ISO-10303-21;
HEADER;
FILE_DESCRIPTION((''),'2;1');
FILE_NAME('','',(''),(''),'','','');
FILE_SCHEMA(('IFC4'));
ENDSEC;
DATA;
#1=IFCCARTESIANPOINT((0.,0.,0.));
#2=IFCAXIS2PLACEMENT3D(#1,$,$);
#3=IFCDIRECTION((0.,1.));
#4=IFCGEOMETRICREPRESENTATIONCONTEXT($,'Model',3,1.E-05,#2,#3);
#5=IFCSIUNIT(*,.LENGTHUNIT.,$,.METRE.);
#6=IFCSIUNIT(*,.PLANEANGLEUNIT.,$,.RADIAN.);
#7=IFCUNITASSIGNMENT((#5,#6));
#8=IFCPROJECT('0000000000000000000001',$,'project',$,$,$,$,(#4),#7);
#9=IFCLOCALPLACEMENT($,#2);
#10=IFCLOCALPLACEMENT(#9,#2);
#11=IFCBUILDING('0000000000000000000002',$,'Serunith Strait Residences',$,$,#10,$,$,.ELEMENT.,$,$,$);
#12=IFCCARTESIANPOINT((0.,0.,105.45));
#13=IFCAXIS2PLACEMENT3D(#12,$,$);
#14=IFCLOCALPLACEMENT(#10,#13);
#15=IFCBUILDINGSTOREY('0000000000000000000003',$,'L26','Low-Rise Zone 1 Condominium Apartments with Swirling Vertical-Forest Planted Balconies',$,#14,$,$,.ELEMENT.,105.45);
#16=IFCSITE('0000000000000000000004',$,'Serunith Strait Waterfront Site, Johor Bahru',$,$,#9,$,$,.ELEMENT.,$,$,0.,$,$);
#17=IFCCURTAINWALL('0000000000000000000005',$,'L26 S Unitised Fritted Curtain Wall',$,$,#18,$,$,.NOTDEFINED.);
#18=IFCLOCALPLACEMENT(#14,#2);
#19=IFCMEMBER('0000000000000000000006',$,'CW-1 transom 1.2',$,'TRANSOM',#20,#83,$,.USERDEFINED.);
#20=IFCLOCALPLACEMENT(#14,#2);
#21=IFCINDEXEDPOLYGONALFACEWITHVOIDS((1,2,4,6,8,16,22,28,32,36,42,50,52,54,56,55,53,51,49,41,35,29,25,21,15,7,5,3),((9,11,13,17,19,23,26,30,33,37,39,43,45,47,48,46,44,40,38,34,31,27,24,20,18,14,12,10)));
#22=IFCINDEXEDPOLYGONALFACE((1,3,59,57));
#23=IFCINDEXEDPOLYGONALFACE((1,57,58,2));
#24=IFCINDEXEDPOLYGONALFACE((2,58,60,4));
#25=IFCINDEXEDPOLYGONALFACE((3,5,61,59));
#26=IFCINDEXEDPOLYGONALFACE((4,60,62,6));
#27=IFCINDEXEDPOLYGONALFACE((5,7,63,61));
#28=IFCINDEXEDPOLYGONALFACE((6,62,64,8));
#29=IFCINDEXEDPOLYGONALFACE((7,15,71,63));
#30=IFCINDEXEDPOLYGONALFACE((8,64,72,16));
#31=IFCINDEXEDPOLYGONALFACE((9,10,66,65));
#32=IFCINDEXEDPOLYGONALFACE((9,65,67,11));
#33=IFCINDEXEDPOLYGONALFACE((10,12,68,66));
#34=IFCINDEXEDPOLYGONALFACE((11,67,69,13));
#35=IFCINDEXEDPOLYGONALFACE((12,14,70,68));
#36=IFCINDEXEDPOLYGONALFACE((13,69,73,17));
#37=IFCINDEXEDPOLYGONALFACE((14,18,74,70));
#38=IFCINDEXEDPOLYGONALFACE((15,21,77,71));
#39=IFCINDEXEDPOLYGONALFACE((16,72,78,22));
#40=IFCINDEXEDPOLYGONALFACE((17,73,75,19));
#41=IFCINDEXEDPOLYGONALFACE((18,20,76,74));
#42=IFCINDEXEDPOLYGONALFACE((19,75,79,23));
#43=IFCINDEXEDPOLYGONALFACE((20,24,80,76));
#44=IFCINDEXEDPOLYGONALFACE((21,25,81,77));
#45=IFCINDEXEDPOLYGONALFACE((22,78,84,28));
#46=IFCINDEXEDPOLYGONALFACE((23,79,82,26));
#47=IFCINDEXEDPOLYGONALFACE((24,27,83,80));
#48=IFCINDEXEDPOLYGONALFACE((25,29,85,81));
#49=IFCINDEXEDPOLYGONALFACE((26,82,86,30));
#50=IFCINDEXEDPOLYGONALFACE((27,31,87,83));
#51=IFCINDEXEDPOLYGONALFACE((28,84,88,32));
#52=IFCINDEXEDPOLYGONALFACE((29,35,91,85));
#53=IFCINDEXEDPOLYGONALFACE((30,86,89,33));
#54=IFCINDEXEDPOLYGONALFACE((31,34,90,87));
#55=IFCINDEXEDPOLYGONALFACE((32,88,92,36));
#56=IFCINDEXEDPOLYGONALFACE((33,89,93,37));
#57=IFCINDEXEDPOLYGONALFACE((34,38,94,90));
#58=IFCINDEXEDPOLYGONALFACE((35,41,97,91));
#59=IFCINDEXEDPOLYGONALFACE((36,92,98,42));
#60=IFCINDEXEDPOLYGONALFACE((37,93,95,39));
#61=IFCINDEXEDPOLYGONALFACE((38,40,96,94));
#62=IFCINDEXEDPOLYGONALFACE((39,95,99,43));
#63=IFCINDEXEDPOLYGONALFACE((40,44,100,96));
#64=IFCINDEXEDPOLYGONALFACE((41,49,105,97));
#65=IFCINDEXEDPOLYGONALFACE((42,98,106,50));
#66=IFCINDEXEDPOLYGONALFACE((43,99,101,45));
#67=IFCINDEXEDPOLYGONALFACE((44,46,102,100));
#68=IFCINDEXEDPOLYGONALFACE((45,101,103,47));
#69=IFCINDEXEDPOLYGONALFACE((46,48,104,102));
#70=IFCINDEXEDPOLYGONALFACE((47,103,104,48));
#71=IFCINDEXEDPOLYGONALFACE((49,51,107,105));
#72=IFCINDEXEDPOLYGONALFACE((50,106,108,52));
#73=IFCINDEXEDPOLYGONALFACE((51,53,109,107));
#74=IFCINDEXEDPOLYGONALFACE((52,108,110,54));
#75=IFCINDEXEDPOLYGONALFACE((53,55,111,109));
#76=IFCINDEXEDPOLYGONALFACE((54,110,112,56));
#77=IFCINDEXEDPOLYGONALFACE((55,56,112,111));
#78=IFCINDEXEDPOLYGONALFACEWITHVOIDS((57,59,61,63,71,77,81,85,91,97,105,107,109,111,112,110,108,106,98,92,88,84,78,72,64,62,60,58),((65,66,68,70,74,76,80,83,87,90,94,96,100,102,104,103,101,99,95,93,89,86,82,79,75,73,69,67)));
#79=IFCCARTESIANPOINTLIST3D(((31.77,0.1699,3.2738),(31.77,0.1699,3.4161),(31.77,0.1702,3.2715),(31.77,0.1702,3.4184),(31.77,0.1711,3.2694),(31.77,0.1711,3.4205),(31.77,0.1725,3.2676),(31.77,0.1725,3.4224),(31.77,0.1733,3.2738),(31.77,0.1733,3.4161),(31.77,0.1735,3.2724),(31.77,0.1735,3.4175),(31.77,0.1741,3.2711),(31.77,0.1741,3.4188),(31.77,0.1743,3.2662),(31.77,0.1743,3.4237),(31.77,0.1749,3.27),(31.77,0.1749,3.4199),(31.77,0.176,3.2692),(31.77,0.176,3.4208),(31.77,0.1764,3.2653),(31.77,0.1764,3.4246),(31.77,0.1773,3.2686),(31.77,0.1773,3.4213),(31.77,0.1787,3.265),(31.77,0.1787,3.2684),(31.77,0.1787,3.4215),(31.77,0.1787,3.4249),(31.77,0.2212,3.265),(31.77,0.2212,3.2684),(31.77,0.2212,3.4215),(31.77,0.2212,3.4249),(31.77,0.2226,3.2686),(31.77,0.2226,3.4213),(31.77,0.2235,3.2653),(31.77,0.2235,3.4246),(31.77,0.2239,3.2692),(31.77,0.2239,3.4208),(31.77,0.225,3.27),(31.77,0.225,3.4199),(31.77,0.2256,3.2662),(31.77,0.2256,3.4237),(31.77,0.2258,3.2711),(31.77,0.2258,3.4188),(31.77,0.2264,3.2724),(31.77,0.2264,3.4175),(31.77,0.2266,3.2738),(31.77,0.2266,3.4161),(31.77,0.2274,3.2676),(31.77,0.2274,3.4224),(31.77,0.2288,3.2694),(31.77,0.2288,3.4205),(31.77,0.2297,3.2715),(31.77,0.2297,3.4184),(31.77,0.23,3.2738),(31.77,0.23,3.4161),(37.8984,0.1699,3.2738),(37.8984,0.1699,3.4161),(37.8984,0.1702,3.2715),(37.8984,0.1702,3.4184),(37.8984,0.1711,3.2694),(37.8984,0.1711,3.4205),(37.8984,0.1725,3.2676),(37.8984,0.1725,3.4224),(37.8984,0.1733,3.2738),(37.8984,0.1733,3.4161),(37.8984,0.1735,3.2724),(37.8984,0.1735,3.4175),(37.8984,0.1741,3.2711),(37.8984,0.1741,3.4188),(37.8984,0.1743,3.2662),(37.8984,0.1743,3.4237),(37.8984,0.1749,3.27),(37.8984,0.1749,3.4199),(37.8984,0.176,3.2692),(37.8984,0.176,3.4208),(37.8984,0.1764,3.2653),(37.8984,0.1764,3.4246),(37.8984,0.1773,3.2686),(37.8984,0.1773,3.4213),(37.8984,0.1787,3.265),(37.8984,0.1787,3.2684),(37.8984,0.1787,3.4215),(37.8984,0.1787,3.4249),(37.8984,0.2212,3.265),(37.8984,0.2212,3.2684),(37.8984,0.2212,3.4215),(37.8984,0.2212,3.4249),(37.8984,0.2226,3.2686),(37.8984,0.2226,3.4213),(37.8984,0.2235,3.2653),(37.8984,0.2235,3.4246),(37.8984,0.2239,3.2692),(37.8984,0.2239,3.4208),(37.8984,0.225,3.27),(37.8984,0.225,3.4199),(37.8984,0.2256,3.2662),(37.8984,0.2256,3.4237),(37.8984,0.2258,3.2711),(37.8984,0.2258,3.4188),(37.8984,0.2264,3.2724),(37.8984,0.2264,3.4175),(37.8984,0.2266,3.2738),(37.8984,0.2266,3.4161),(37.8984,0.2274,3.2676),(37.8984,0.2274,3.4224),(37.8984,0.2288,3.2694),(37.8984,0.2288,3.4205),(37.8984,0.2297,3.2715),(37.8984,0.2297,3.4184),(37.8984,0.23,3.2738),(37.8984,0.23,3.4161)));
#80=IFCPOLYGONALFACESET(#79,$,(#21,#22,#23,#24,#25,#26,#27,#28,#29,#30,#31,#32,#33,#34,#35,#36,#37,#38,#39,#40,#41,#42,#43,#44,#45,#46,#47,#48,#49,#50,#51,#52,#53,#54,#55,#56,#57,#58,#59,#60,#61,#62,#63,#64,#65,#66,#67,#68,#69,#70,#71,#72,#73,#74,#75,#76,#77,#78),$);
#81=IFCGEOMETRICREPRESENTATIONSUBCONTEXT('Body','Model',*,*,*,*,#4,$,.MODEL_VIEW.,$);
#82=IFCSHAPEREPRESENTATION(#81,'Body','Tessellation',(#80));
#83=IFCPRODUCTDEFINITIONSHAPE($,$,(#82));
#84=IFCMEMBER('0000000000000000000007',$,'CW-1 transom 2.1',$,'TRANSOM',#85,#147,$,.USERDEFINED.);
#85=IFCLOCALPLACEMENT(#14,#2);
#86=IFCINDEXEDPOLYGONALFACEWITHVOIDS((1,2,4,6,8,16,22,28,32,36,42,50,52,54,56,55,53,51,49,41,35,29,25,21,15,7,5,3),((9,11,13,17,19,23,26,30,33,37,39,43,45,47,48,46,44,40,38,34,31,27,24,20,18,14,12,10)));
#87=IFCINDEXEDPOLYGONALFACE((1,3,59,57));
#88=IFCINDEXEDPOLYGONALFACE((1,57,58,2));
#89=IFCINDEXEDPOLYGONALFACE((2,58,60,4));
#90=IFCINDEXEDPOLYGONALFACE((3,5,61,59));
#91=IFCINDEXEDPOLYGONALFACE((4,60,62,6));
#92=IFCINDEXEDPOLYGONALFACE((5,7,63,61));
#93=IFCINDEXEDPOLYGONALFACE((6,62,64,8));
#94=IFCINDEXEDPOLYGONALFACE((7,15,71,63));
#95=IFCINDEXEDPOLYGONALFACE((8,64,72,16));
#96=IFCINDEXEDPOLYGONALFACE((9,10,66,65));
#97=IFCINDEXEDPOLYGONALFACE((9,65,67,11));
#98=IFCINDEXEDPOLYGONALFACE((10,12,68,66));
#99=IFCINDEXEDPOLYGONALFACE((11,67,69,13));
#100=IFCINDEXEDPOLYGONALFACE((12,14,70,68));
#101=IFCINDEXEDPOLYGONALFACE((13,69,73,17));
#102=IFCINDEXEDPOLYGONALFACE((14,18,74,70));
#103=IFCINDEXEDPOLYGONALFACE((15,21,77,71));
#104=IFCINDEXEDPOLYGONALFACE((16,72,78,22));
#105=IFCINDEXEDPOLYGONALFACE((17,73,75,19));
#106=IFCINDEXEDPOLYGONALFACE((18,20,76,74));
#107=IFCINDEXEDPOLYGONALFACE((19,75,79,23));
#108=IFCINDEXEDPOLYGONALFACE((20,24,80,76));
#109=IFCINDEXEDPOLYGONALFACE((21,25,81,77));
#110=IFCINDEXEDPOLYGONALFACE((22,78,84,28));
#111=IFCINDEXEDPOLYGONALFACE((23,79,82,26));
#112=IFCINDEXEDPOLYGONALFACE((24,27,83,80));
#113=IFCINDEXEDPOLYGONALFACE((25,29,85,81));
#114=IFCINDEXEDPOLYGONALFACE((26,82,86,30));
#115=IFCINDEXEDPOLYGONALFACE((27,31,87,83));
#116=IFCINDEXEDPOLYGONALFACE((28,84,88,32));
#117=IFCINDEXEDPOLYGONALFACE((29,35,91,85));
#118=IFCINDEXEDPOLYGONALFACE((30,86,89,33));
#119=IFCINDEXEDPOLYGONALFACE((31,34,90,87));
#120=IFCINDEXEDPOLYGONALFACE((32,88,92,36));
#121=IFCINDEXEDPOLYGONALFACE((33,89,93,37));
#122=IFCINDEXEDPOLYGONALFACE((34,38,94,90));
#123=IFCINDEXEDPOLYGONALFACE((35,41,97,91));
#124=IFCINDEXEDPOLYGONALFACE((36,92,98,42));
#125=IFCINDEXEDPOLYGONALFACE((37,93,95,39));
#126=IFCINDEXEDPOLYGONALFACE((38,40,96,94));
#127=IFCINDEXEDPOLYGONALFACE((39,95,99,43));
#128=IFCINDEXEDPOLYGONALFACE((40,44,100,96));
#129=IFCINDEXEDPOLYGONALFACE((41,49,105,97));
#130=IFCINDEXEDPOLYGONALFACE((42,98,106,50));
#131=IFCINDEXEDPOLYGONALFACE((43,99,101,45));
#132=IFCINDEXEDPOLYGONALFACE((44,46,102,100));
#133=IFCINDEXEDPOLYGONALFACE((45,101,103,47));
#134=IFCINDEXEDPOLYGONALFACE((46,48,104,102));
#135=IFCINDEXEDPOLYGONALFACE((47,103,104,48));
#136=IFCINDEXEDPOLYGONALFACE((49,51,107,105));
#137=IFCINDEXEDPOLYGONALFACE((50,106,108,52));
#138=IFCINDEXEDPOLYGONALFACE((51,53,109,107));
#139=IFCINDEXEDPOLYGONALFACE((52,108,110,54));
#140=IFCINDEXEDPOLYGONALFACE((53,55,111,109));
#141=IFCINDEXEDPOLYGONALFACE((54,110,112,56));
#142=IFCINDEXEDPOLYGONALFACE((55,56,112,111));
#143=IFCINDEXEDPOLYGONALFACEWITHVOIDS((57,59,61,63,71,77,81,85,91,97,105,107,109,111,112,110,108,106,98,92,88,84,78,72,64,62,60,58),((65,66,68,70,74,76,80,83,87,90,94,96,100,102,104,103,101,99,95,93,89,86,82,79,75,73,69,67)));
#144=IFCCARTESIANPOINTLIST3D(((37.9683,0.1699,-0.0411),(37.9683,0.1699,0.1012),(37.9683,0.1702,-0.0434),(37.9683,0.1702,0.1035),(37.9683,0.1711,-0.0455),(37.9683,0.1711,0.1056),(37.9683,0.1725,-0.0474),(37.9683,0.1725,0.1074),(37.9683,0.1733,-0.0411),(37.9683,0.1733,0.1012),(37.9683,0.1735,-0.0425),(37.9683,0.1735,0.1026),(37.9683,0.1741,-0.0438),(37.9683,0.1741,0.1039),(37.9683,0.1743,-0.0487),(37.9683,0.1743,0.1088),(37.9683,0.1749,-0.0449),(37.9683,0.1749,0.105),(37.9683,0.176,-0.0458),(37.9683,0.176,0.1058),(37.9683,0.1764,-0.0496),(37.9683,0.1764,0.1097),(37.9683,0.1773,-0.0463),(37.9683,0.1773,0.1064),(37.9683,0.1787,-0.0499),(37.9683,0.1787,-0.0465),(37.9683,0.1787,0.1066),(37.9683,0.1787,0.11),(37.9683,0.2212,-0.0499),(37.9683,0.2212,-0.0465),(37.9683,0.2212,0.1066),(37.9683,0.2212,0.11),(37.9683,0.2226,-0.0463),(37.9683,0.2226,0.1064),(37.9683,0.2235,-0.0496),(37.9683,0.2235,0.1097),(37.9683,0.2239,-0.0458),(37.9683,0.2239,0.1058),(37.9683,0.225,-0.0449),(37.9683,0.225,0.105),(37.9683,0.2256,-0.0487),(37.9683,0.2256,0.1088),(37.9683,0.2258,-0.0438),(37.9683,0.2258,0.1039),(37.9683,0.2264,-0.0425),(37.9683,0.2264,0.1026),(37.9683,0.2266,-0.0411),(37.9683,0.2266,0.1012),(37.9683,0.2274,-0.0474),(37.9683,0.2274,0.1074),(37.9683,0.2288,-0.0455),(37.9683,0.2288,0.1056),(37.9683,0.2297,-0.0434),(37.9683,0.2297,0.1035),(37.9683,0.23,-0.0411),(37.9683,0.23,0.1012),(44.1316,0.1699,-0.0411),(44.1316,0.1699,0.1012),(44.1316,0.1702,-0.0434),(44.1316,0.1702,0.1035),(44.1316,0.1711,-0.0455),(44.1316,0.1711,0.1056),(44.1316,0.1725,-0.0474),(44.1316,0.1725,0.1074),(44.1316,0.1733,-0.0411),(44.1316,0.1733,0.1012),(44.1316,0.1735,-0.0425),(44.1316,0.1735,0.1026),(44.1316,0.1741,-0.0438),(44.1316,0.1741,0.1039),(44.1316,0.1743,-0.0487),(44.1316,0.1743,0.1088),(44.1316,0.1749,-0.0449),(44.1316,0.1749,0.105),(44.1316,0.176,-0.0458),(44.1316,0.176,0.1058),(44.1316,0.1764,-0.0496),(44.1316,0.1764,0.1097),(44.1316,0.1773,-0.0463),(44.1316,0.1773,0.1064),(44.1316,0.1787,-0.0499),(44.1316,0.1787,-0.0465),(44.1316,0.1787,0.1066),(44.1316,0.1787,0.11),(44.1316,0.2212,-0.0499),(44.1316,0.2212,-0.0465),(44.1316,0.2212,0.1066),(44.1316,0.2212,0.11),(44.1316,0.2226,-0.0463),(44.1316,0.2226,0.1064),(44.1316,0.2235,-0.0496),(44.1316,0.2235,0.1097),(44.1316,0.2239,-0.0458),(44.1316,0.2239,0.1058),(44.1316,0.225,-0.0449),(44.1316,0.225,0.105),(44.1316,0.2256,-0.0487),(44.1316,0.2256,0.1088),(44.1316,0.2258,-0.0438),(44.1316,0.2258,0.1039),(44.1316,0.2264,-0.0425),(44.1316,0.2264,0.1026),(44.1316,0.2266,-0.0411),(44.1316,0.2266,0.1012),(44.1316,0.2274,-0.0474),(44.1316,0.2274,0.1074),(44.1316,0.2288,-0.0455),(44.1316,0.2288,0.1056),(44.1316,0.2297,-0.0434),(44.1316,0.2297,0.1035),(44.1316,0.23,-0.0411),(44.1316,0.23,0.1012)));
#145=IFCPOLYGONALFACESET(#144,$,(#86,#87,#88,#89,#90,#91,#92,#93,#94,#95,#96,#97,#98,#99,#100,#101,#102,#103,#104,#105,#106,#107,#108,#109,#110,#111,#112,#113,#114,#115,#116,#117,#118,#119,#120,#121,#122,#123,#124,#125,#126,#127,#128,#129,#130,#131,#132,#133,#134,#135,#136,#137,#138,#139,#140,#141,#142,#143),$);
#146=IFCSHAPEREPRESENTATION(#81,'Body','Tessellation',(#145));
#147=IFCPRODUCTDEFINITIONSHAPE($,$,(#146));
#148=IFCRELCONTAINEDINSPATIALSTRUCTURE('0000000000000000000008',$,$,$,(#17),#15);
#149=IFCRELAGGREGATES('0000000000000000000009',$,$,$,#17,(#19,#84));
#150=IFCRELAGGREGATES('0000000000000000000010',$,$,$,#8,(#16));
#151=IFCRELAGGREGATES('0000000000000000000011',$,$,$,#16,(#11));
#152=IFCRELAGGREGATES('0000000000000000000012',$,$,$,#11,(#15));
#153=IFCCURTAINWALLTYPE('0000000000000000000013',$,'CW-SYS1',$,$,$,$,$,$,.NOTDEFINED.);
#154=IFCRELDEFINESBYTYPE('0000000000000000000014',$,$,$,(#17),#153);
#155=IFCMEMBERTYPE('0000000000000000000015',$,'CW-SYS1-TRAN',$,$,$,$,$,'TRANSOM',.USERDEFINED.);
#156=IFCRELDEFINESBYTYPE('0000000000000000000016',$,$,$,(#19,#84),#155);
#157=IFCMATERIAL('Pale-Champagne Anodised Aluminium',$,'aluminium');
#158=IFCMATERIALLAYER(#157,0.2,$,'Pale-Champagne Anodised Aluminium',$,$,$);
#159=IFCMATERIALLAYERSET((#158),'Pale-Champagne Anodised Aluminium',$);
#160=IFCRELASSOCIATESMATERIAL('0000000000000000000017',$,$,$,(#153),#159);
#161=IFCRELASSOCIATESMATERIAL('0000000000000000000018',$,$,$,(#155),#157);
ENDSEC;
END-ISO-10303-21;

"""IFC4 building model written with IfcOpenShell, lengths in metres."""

from ifc_helpers import new_model, si_unit, direction, frame, origin, origin_2d, place, context, subcontext, project, spatial, hollow_rectangle, extrude, source, transform, mapped, material, layer, layer_set, material_profile, profile_set, type_object, element, aggregate, save


model = new_model("IFC4")

# Units and contexts
model_context = context("Model", 3, precision=1e-05, world=origin(), true_north=direction((0.0, 1.0)))
body_context = subcontext(model_context, "Body", "Model", "MODEL_VIEW")
ifc_project = project(units=[si_unit("LENGTHUNIT", "METRE"), si_unit("PLANEANGLEUNIT", "RADIAN")], contexts=[model_context])

# Site, building, storey
site_placement = place(None, origin())
site = spatial("IfcSite", under=ifc_project, at=site_placement, Name="Serunith Strait Waterfront Site, Johor Bahru", CompositionType="ELEMENT", RefElevation=0.0)
building_placement = place(site_placement, origin())
building = spatial("IfcBuilding", under=site, at=building_placement, Name="Serunith Strait Residences", CompositionType="ELEMENT")
storey_placement = place(building_placement, frame((0.0, 0.0, 105.45)))
storey = spatial("IfcBuildingStorey", under=building, at=storey_placement, Name="L26", Description="Low-Rise Zone 1 Condominium Apartments with Swirling Vertical-Forest Planted Balconies", CompositionType="ELEMENT", Elevation=105.45)

# Curtain wall, members
ifc_material_1 = material(Name="Pale-Champagne Anodised Aluminium", Category="aluminium")
ifc_layer_1 = layer(ifc_material_1, 0.2, Name="Pale-Champagne Anodised Aluminium")
ifc_layer_set_1 = layer_set([ifc_layer_1], Name="Pale-Champagne Anodised Aluminium")
curtain_wall_type = type_object("IfcCurtainWallType", Name="CW-SYS1", PredefinedType="NOTDEFINED", material=ifc_layer_set_1)
curtain_wall_placement = place(storey_placement, origin())
curtain_wall = element("IfcCurtainWall", 1, at=curtain_wall_placement, inside=storey, type_object=curtain_wall_type, Name="L26 S Unitised Fritted Curtain Wall", PredefinedType="NOTDEFINED")
ifc_material_profile_1 = material_profile(ifc_material_1, hollow_rectangle(XDim=0.0601, YDim=0.1599, WallThickness=0.0034, InnerFilletRadius=0.0054, OuterFilletRadius=0.0088, at=origin_2d()), Name="ALU 160x60x3.5")
ifc_profile_set_1 = profile_set([ifc_material_profile_1], Name="Pale-Champagne Anodised Aluminium")
member_type_1 = type_object("IfcMemberType", Name="CW-SYS1-TRAN", ElementType="TRANSOM", PredefinedType="USERDEFINED", material=ifc_profile_set_1)
shared_shape_1 = source(origin(), body_context, "Body", "SweptSolid", [
    extrude(hollow_rectangle(XDim=0.0601, YDim=0.1599, WallThickness=0.0034, InnerFilletRadius=0.0054, OuterFilletRadius=0.0088, at=origin_2d()), origin(), (0.0, 0.0, 1.0), 6.1284),
])
member_1_placement = place(storey_placement, frame((31.77, 0.2, 3.345), z_axis=(1.0, 0.0, 0.0), x_axis=(0.0, 1.0, 0.0)))
member_1 = element("IfcMember", 2, at=member_1_placement, type_object=member_type_1, Name="CW-1 transom 1.2", ObjectType="TRANSOM", PredefinedType="USERDEFINED", context=body_context, shape_type="MappedRepresentation", body=[
    mapped(shared_shape_1, transform((0.0, 0.0, 0.0), scale=1.0)),
])
shared_shape_2 = source(origin(), body_context, "Body", "SweptSolid", [
    extrude(hollow_rectangle(XDim=0.0601, YDim=0.1599, WallThickness=0.0034, InnerFilletRadius=0.0054, OuterFilletRadius=0.0088, at=origin_2d()), origin(), (0.0, 0.0, 1.0), 6.1633),
])
member_2_placement = place(storey_placement, frame((37.9683, 0.2, 0.03), z_axis=(1.0, 0.0, 0.0), x_axis=(0.0, 1.0, 0.0)))
member_2 = element("IfcMember", 3, at=member_2_placement, type_object=member_type_1, Name="CW-1 transom 2.1", ObjectType="TRANSOM", PredefinedType="USERDEFINED", context=body_context, shape_type="MappedRepresentation", body=[
    mapped(shared_shape_2, transform((0.0, 0.0, 0.0), scale=1.0)),
])
aggregate(curtain_wall, [member_1, member_2])

save(model, "model.ifc")
